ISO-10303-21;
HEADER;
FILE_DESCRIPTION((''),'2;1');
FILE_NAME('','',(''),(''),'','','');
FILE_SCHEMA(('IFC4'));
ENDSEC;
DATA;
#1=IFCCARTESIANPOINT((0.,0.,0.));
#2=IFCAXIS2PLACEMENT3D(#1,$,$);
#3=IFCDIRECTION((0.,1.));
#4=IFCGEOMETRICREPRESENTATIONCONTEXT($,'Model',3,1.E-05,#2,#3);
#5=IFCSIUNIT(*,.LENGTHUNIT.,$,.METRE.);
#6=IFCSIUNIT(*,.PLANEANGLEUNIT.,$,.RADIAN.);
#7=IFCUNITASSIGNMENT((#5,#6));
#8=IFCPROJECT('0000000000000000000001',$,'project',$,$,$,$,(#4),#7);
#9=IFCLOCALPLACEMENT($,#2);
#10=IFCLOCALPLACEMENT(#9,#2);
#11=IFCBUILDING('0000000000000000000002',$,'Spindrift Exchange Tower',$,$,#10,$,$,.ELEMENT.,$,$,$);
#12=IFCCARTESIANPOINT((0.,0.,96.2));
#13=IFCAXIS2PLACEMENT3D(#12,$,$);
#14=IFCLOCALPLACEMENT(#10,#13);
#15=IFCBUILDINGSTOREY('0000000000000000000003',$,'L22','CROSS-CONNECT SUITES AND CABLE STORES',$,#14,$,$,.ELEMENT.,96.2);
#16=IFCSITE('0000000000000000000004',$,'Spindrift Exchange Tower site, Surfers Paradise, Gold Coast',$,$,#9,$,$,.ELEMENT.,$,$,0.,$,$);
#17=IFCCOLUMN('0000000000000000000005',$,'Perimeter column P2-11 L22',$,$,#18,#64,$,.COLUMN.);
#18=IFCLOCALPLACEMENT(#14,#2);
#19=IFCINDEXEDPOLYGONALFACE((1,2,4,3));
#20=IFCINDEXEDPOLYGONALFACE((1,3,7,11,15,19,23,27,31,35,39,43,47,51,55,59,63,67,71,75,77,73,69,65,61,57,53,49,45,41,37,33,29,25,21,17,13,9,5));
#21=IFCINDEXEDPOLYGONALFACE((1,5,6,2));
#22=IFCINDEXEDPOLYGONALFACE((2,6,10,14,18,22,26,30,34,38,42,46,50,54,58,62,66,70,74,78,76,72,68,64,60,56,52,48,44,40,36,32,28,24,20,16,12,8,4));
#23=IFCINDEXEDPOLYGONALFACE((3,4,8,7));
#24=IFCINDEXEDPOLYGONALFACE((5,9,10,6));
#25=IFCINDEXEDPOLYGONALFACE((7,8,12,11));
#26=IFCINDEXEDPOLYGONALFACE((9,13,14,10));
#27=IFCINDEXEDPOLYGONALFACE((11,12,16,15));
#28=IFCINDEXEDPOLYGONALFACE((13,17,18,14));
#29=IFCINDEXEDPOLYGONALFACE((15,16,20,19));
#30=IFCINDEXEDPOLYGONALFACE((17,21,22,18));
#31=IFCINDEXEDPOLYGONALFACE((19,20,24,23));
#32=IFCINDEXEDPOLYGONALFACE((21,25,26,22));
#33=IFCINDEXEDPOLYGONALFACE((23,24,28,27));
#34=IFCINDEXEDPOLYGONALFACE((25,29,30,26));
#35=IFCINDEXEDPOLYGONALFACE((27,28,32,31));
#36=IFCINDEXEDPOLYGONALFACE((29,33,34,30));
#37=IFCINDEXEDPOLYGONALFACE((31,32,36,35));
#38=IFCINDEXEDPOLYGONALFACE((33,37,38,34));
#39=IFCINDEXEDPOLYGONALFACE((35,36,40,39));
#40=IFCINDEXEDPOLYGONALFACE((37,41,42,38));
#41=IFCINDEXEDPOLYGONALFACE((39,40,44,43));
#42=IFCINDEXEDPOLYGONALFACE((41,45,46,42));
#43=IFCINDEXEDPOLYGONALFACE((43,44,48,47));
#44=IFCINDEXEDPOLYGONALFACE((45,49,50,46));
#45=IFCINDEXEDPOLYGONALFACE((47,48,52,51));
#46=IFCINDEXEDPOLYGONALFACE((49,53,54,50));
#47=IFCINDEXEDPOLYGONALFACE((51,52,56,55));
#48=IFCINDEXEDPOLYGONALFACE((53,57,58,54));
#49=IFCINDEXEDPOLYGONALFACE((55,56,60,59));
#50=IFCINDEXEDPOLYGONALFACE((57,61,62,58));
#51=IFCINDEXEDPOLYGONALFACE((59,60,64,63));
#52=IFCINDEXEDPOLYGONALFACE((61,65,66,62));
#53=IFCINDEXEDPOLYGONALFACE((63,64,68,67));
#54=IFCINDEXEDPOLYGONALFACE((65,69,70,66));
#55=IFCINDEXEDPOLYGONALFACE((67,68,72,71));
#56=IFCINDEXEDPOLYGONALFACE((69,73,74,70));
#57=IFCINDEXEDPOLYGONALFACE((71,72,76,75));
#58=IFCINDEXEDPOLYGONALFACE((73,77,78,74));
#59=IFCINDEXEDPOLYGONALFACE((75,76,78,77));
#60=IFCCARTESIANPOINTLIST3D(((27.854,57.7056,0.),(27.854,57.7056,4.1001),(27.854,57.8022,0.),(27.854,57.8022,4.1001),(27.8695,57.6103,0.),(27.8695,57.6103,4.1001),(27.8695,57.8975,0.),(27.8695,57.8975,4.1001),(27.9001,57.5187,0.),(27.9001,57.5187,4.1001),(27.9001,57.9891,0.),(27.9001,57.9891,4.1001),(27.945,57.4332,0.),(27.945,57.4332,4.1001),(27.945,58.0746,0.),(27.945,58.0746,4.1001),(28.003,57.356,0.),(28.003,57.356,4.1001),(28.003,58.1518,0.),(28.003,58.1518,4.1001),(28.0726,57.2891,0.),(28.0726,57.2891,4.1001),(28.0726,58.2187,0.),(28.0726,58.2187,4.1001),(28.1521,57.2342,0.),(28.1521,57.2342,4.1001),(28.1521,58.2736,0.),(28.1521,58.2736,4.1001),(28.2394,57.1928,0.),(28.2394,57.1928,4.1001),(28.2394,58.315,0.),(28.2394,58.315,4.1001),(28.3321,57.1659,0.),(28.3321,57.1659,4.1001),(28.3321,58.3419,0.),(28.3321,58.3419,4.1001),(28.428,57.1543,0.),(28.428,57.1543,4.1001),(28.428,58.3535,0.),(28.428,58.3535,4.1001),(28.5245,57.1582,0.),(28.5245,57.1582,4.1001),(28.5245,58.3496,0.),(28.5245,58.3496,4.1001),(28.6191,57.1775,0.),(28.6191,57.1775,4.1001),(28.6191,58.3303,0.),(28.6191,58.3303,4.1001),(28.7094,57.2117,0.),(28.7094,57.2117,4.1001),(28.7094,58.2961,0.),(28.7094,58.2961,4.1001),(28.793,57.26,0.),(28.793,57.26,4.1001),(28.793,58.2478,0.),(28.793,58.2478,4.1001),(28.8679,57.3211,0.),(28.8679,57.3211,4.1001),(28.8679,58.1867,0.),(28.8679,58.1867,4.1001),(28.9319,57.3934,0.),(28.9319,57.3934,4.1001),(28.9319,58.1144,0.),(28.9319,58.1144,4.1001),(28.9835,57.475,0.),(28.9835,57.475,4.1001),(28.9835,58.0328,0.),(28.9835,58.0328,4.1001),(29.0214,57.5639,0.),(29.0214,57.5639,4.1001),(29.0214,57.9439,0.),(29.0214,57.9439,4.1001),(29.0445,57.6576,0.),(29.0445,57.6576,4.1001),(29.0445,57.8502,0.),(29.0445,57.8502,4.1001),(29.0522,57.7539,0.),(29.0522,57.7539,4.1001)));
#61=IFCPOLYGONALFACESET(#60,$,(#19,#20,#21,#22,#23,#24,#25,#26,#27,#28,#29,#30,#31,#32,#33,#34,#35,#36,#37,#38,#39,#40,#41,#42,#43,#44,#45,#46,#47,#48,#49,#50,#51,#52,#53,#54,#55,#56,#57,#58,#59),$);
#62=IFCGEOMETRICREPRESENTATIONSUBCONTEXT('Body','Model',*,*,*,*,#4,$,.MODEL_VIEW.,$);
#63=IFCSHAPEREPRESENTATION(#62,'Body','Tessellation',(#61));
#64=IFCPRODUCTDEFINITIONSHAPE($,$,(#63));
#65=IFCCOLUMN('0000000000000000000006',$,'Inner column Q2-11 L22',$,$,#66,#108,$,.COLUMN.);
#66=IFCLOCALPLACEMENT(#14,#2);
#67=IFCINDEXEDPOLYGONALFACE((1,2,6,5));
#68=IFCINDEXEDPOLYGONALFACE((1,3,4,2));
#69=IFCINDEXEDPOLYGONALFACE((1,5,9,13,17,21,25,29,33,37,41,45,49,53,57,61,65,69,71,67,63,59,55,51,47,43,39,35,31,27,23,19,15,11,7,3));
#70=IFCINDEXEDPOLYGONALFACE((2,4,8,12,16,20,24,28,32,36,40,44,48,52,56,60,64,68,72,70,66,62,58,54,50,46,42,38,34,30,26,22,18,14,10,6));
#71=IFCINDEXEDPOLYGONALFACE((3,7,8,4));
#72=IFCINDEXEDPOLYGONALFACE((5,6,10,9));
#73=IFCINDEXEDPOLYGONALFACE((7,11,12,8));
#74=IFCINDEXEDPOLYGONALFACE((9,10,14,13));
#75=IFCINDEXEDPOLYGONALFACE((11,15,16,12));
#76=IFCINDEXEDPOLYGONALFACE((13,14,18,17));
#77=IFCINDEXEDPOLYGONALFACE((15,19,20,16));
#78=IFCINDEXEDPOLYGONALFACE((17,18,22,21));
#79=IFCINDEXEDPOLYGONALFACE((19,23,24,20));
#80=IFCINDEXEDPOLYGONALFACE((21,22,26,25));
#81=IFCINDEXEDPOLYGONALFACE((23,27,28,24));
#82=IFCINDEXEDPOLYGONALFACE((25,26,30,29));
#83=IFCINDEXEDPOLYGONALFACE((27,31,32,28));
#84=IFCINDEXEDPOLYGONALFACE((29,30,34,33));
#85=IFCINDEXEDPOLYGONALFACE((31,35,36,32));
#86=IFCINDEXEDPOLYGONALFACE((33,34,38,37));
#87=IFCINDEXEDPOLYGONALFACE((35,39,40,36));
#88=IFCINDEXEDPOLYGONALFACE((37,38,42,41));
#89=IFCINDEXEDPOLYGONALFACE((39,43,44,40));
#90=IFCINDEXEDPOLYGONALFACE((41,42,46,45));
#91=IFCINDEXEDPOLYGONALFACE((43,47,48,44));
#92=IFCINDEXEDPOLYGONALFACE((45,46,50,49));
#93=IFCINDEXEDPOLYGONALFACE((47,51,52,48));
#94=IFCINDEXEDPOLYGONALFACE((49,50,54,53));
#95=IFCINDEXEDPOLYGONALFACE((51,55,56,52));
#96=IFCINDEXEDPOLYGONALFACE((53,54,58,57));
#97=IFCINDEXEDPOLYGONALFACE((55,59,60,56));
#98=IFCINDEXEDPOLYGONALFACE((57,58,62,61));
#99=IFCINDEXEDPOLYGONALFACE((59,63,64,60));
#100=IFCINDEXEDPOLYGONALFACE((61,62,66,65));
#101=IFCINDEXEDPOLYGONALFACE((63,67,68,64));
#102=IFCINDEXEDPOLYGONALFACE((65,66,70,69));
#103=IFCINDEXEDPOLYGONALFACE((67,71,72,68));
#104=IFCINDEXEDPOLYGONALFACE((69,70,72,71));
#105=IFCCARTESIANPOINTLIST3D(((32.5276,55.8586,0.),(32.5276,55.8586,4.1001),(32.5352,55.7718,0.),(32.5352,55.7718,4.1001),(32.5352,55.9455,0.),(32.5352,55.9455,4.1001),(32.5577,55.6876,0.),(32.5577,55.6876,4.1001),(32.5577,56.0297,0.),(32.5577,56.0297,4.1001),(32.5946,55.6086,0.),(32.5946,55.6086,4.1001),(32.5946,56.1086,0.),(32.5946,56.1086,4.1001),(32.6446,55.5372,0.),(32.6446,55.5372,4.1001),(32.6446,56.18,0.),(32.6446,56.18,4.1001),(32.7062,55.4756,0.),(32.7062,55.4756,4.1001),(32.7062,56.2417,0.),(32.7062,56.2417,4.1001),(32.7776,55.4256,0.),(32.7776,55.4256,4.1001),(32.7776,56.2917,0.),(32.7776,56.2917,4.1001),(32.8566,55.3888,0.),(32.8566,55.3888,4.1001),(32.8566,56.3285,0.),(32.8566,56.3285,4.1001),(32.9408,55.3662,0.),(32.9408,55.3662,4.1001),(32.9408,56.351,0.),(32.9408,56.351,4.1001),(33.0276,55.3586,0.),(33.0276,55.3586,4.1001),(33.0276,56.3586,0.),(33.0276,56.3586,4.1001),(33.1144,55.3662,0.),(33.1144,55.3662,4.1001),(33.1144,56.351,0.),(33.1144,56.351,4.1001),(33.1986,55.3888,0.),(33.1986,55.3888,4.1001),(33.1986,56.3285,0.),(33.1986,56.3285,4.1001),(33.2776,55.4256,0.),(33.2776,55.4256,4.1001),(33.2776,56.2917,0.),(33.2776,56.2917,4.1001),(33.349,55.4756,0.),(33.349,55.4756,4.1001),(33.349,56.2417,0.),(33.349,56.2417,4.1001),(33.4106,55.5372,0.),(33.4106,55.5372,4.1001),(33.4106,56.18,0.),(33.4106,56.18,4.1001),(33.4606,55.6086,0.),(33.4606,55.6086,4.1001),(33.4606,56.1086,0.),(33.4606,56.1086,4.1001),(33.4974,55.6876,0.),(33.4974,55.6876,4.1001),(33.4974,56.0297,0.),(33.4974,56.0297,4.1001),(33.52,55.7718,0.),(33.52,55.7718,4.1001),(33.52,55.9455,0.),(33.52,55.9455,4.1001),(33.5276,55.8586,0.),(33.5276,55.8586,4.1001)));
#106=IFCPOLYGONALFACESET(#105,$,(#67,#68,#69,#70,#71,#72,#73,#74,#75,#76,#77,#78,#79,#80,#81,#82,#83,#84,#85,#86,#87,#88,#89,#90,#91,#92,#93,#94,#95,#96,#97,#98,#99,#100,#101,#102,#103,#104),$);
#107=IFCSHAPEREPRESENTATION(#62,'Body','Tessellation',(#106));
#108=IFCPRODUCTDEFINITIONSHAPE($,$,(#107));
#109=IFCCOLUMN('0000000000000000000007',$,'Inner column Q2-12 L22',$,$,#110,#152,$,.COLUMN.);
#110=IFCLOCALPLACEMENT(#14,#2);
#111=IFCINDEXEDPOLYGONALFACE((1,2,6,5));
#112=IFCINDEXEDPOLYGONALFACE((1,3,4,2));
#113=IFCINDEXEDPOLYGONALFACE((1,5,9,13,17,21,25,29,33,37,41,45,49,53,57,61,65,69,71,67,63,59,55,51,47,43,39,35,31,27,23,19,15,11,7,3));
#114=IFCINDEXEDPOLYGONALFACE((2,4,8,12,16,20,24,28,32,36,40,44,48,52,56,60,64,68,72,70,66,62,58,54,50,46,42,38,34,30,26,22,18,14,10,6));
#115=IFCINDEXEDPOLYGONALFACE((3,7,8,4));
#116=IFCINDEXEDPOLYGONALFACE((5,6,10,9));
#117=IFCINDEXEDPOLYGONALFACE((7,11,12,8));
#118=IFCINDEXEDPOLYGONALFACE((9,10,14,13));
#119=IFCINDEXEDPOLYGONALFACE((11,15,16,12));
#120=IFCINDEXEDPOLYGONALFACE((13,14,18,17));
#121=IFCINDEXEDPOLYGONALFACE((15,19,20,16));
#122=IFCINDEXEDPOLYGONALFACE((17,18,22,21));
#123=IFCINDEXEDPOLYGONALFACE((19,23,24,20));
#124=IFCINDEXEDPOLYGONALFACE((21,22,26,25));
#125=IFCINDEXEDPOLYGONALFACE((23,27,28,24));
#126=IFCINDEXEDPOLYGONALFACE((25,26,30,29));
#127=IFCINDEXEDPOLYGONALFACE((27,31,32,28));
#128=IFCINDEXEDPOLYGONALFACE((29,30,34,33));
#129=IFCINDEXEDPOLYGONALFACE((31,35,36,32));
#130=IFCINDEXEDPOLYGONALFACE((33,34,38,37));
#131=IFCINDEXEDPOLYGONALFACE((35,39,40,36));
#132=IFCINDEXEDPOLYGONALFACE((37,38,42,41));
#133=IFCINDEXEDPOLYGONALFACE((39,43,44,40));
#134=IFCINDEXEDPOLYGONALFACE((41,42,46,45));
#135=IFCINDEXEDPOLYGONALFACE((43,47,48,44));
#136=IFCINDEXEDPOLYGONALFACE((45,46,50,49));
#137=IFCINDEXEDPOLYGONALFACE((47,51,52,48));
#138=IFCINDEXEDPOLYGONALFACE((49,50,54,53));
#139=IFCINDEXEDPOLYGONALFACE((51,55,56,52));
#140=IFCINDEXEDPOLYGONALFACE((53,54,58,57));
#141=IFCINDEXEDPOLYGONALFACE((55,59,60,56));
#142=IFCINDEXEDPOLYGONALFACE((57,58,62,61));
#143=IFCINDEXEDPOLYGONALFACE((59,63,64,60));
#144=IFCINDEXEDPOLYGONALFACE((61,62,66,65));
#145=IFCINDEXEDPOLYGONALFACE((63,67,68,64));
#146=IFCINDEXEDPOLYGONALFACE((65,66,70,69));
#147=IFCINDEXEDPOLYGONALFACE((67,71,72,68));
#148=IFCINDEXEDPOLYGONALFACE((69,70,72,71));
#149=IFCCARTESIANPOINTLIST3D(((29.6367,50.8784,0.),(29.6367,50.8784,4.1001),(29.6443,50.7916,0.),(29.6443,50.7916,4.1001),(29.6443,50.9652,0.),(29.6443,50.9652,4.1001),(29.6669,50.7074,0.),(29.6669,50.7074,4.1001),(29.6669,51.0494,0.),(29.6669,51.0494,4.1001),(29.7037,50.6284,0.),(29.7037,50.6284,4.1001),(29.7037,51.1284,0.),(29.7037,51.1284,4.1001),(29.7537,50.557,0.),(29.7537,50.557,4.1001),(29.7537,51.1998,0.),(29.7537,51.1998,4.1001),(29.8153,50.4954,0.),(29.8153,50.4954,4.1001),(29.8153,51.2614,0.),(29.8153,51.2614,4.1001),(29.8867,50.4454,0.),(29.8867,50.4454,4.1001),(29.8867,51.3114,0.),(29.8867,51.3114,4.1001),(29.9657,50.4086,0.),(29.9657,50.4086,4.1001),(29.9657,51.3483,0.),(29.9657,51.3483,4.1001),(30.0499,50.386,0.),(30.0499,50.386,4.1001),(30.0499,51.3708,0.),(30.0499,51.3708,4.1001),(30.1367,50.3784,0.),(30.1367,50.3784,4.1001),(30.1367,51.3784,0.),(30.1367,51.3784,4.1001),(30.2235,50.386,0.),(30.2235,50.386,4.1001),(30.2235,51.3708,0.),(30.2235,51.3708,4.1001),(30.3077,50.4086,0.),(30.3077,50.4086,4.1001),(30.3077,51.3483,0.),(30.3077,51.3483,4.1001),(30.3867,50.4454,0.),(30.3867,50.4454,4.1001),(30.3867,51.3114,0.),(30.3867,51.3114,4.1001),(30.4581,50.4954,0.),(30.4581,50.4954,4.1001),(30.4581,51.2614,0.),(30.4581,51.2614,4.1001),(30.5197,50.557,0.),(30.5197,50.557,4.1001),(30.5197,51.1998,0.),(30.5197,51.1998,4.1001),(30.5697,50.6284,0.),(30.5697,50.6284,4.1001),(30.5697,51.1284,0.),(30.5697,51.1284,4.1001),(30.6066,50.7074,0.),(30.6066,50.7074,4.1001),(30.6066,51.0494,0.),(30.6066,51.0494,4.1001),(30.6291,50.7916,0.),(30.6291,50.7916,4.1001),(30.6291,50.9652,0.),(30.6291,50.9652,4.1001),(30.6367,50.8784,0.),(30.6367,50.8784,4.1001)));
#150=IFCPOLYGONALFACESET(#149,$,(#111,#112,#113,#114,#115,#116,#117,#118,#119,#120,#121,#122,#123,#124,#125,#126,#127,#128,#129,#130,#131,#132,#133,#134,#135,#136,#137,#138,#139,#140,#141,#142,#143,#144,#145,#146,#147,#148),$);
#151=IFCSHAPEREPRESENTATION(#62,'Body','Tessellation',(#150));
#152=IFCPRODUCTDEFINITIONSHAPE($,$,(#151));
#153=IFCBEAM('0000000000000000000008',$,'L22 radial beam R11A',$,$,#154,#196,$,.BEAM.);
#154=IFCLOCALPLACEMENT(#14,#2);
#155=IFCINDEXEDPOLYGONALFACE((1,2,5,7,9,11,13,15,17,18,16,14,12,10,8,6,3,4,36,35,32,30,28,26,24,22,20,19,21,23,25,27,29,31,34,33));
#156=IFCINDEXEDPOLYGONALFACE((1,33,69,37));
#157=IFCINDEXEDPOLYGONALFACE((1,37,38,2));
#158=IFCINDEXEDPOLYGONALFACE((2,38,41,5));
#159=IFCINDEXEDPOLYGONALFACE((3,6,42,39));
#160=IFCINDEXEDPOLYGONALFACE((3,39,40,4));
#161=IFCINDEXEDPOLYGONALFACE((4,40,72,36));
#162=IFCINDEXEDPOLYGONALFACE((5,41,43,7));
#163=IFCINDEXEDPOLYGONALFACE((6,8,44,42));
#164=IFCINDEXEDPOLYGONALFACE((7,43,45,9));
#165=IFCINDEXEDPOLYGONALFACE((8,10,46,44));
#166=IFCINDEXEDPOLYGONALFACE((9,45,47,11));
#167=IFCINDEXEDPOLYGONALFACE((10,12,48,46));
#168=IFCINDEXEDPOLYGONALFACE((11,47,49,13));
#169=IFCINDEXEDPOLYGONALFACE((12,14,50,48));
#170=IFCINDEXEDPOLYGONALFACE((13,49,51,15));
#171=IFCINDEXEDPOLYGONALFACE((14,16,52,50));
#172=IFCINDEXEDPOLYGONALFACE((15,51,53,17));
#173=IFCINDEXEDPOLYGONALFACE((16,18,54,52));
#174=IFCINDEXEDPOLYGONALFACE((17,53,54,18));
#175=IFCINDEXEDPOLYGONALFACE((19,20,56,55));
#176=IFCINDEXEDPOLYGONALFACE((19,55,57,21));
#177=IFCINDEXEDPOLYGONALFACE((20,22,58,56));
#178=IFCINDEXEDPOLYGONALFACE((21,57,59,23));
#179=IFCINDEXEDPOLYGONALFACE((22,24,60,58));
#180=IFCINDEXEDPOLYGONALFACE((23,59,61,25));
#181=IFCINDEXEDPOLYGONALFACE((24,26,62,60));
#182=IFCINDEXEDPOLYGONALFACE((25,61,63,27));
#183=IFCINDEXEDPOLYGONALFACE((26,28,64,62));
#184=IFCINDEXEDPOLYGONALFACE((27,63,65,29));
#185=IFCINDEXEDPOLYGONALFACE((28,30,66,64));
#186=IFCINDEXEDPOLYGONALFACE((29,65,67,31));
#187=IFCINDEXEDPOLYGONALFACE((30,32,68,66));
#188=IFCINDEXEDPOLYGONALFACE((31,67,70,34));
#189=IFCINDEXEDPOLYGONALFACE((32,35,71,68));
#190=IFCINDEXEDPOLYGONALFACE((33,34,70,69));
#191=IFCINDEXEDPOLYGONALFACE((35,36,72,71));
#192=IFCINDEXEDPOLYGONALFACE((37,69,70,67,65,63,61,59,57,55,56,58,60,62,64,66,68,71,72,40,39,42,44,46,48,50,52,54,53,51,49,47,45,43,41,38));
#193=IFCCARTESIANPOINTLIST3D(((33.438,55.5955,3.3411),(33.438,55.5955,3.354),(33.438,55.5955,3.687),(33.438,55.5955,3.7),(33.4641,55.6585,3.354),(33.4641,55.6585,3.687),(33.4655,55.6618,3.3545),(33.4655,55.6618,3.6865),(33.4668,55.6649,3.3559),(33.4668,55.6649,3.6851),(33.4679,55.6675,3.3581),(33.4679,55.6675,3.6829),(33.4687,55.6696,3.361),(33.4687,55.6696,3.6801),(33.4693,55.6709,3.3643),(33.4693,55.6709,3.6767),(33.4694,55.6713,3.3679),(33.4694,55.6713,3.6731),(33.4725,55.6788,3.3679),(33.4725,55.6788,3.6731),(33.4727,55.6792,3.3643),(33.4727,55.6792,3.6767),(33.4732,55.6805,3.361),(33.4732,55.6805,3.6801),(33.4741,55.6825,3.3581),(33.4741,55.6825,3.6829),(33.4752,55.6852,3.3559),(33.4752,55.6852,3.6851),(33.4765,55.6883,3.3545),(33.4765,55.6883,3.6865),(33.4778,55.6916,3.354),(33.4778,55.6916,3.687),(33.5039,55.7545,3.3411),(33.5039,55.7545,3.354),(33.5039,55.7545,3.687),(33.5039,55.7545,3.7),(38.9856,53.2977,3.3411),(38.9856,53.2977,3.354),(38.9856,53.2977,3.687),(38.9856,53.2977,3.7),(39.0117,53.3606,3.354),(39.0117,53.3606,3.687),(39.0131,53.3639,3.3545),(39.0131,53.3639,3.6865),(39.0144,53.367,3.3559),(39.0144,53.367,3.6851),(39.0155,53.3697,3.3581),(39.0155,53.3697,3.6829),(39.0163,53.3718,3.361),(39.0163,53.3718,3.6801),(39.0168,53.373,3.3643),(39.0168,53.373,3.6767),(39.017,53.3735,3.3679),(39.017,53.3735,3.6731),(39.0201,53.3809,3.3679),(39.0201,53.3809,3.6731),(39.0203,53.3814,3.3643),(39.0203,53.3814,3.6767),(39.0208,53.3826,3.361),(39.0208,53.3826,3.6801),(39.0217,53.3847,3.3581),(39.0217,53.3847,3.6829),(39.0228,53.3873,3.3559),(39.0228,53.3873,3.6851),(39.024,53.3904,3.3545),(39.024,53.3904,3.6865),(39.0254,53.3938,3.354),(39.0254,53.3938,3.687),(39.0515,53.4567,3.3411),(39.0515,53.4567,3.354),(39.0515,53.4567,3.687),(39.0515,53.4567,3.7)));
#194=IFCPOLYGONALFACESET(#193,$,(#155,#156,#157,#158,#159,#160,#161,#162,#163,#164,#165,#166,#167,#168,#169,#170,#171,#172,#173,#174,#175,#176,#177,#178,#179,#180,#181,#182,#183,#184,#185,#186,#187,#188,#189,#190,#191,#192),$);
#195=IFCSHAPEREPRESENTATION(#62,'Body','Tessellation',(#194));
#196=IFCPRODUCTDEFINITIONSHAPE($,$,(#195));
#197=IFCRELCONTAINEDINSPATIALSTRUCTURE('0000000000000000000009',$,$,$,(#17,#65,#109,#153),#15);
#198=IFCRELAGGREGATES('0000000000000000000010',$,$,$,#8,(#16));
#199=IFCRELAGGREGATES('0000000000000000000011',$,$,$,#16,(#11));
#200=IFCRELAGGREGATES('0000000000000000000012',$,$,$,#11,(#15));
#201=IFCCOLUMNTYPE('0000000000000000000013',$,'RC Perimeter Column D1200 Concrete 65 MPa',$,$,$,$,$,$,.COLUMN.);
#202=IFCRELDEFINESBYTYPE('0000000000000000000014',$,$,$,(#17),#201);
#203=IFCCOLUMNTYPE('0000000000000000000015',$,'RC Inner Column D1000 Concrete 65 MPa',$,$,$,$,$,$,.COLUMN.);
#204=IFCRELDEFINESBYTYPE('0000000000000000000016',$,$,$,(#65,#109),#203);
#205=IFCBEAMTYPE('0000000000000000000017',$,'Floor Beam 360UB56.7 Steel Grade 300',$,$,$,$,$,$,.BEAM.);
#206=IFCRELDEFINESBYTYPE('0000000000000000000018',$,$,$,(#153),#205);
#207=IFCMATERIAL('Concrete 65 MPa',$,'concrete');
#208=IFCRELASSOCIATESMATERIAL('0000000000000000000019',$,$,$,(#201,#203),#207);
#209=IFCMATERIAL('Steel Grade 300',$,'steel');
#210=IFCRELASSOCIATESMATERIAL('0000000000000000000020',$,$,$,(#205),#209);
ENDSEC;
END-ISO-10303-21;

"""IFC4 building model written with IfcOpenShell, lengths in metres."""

from ifc_helpers import new_model, si_unit, direction, frame, origin, origin_2d, place, context, subcontext, project, spatial, circle, i_section, extrude, source, transform, mapped, material, material_profile, profile_set, type_object, element, save


model = new_model("IFC4")

# Units and contexts
model_context = context("Model", 3, precision=1e-05, world=origin(), true_north=direction((0.0, 1.0)))
body_context = subcontext(model_context, "Body", "Model", "MODEL_VIEW")
ifc_project = project(units=[si_unit("LENGTHUNIT", "METRE"), si_unit("PLANEANGLEUNIT", "RADIAN")], contexts=[model_context])

# Site, building, storey
site_placement = place(None, origin())
site = spatial("IfcSite", under=ifc_project, at=site_placement, Name="Spindrift Exchange Tower site, Surfers Paradise, Gold Coast", CompositionType="ELEMENT", RefElevation=0.0)
building_placement = place(site_placement, origin())
building = spatial("IfcBuilding", under=site, at=building_placement, Name="Spindrift Exchange Tower", CompositionType="ELEMENT")
storey_placement = place(building_placement, frame((0.0, 0.0, 96.2)))
storey = spatial("IfcBuildingStorey", under=building, at=storey_placement, Name="L22", Description="CROSS-CONNECT SUITES AND CABLE STORES", CompositionType="ELEMENT", Elevation=96.2)

# Columns
ifc_material_1 = material(Name="Concrete 65 MPa", Category="concrete")
ifc_material_profile_1 = material_profile(ifc_material_1, circle(Radius=0.6001, at=origin_2d()), Name="RC D1200")
ifc_profile_set_1 = profile_set([ifc_material_profile_1], Name="Concrete 65 MPa")
column_type_1 = type_object("IfcColumnType", Name="RC Perimeter Column D1200 Concrete 65 MPa", PredefinedType="COLUMN", material=ifc_profile_set_1)
shared_shape_1 = source(origin(), body_context, "Body", "SweptSolid", [
    extrude(circle(Radius=0.6001, at=origin_2d()), origin(), (0.0, 0.0, 1.0), 4.1001),
])
column_placement = place(storey_placement, frame((28.4521, 57.7539, 0.0), z_axis=(0.0, 0.0, 1.0), x_axis=(1.0, 0.0, 0.0)))
element("IfcColumn", 1, at=column_placement, inside=storey, type_object=column_type_1, Name="Perimeter column P2-11 L22", PredefinedType="COLUMN", context=body_context, shape_type="MappedRepresentation", body=[
    mapped(shared_shape_1, transform((0.0, 0.0, 0.0), scale=1.0)),
])
ifc_material_profile_2 = material_profile(ifc_material_1, circle(Radius=0.5, at=origin_2d()), Name="RC D1000")
ifc_profile_set_2 = profile_set([ifc_material_profile_2], Name="Concrete 65 MPa")
column_type_2 = type_object("IfcColumnType", Name="RC Inner Column D1000 Concrete 65 MPa", PredefinedType="COLUMN", material=ifc_profile_set_2)
shared_shape_2 = source(origin(), body_context, "Body", "SweptSolid", [
    extrude(circle(Radius=0.5, at=origin_2d()), origin(), (0.0, 0.0, 1.0), 4.1001),
])
for number, where, z_axis, x_axis, name in (
    (2, (33.0276, 55.8586, 0.0), (0.0, 0.0, 1.0), (1.0, 0.0, 0.0), "Inner column Q2-11 L22"),
    (3, (30.1367, 50.8784, 0.0), (0.0, 0.0, 1.0), (1.0, 0.0, 0.0), "Inner column Q2-12 L22"),
):
    element("IfcColumn", number, at=place(storey_placement, frame(where, z_axis=z_axis, x_axis=x_axis)), inside=storey, type_object=column_type_2, Name=name, PredefinedType="COLUMN", context=body_context, shape_type="MappedRepresentation", body=[
        mapped(shared_shape_2, transform((0.0, 0.0, 0.0), scale=1.0)),
    ])

# Beam
ifc_material_2 = material(Name="Steel Grade 300", Category="steel")
ifc_material_profile_3 = material_profile(ifc_material_2, i_section(OverallWidth=0.1721, OverallDepth=0.3589, WebThickness=0.0081, FlangeThickness=0.0129, FilletRadius=0.0139, at=origin_2d()), Name="360UB56.7")
ifc_profile_set_3 = profile_set([ifc_material_profile_3], Name="Steel Grade 300")
beam_type_1 = type_object("IfcBeamType", Name="Floor Beam 360UB56.7 Steel Grade 300", PredefinedType="BEAM", material=ifc_profile_set_3)
shared_shape_3 = source(origin(), body_context, "Body", "SweptSolid", [
    extrude(i_section(OverallWidth=0.1721, OverallDepth=0.3589, WebThickness=0.0081, FlangeThickness=0.0129, FilletRadius=0.0139, at=origin_2d()), origin(), (0.0, 0.0, 1.0), 6.0046),
])
beam_1_placement = place(storey_placement, frame((39.0186, 53.3772, 3.5205), z_axis=(-0.923882, 0.382677, 0.0), x_axis=(-0.382677, -0.923882, 0.0)))
element("IfcBeam", 4, at=beam_1_placement, inside=storey, type_object=beam_type_1, Name="L22 radial beam R11A", PredefinedType="BEAM", context=body_context, shape_type="MappedRepresentation", body=[
    mapped(shared_shape_3, transform((0.0, 0.0, 0.0), scale=1.0)),
])

save(model, "model.ifc")
